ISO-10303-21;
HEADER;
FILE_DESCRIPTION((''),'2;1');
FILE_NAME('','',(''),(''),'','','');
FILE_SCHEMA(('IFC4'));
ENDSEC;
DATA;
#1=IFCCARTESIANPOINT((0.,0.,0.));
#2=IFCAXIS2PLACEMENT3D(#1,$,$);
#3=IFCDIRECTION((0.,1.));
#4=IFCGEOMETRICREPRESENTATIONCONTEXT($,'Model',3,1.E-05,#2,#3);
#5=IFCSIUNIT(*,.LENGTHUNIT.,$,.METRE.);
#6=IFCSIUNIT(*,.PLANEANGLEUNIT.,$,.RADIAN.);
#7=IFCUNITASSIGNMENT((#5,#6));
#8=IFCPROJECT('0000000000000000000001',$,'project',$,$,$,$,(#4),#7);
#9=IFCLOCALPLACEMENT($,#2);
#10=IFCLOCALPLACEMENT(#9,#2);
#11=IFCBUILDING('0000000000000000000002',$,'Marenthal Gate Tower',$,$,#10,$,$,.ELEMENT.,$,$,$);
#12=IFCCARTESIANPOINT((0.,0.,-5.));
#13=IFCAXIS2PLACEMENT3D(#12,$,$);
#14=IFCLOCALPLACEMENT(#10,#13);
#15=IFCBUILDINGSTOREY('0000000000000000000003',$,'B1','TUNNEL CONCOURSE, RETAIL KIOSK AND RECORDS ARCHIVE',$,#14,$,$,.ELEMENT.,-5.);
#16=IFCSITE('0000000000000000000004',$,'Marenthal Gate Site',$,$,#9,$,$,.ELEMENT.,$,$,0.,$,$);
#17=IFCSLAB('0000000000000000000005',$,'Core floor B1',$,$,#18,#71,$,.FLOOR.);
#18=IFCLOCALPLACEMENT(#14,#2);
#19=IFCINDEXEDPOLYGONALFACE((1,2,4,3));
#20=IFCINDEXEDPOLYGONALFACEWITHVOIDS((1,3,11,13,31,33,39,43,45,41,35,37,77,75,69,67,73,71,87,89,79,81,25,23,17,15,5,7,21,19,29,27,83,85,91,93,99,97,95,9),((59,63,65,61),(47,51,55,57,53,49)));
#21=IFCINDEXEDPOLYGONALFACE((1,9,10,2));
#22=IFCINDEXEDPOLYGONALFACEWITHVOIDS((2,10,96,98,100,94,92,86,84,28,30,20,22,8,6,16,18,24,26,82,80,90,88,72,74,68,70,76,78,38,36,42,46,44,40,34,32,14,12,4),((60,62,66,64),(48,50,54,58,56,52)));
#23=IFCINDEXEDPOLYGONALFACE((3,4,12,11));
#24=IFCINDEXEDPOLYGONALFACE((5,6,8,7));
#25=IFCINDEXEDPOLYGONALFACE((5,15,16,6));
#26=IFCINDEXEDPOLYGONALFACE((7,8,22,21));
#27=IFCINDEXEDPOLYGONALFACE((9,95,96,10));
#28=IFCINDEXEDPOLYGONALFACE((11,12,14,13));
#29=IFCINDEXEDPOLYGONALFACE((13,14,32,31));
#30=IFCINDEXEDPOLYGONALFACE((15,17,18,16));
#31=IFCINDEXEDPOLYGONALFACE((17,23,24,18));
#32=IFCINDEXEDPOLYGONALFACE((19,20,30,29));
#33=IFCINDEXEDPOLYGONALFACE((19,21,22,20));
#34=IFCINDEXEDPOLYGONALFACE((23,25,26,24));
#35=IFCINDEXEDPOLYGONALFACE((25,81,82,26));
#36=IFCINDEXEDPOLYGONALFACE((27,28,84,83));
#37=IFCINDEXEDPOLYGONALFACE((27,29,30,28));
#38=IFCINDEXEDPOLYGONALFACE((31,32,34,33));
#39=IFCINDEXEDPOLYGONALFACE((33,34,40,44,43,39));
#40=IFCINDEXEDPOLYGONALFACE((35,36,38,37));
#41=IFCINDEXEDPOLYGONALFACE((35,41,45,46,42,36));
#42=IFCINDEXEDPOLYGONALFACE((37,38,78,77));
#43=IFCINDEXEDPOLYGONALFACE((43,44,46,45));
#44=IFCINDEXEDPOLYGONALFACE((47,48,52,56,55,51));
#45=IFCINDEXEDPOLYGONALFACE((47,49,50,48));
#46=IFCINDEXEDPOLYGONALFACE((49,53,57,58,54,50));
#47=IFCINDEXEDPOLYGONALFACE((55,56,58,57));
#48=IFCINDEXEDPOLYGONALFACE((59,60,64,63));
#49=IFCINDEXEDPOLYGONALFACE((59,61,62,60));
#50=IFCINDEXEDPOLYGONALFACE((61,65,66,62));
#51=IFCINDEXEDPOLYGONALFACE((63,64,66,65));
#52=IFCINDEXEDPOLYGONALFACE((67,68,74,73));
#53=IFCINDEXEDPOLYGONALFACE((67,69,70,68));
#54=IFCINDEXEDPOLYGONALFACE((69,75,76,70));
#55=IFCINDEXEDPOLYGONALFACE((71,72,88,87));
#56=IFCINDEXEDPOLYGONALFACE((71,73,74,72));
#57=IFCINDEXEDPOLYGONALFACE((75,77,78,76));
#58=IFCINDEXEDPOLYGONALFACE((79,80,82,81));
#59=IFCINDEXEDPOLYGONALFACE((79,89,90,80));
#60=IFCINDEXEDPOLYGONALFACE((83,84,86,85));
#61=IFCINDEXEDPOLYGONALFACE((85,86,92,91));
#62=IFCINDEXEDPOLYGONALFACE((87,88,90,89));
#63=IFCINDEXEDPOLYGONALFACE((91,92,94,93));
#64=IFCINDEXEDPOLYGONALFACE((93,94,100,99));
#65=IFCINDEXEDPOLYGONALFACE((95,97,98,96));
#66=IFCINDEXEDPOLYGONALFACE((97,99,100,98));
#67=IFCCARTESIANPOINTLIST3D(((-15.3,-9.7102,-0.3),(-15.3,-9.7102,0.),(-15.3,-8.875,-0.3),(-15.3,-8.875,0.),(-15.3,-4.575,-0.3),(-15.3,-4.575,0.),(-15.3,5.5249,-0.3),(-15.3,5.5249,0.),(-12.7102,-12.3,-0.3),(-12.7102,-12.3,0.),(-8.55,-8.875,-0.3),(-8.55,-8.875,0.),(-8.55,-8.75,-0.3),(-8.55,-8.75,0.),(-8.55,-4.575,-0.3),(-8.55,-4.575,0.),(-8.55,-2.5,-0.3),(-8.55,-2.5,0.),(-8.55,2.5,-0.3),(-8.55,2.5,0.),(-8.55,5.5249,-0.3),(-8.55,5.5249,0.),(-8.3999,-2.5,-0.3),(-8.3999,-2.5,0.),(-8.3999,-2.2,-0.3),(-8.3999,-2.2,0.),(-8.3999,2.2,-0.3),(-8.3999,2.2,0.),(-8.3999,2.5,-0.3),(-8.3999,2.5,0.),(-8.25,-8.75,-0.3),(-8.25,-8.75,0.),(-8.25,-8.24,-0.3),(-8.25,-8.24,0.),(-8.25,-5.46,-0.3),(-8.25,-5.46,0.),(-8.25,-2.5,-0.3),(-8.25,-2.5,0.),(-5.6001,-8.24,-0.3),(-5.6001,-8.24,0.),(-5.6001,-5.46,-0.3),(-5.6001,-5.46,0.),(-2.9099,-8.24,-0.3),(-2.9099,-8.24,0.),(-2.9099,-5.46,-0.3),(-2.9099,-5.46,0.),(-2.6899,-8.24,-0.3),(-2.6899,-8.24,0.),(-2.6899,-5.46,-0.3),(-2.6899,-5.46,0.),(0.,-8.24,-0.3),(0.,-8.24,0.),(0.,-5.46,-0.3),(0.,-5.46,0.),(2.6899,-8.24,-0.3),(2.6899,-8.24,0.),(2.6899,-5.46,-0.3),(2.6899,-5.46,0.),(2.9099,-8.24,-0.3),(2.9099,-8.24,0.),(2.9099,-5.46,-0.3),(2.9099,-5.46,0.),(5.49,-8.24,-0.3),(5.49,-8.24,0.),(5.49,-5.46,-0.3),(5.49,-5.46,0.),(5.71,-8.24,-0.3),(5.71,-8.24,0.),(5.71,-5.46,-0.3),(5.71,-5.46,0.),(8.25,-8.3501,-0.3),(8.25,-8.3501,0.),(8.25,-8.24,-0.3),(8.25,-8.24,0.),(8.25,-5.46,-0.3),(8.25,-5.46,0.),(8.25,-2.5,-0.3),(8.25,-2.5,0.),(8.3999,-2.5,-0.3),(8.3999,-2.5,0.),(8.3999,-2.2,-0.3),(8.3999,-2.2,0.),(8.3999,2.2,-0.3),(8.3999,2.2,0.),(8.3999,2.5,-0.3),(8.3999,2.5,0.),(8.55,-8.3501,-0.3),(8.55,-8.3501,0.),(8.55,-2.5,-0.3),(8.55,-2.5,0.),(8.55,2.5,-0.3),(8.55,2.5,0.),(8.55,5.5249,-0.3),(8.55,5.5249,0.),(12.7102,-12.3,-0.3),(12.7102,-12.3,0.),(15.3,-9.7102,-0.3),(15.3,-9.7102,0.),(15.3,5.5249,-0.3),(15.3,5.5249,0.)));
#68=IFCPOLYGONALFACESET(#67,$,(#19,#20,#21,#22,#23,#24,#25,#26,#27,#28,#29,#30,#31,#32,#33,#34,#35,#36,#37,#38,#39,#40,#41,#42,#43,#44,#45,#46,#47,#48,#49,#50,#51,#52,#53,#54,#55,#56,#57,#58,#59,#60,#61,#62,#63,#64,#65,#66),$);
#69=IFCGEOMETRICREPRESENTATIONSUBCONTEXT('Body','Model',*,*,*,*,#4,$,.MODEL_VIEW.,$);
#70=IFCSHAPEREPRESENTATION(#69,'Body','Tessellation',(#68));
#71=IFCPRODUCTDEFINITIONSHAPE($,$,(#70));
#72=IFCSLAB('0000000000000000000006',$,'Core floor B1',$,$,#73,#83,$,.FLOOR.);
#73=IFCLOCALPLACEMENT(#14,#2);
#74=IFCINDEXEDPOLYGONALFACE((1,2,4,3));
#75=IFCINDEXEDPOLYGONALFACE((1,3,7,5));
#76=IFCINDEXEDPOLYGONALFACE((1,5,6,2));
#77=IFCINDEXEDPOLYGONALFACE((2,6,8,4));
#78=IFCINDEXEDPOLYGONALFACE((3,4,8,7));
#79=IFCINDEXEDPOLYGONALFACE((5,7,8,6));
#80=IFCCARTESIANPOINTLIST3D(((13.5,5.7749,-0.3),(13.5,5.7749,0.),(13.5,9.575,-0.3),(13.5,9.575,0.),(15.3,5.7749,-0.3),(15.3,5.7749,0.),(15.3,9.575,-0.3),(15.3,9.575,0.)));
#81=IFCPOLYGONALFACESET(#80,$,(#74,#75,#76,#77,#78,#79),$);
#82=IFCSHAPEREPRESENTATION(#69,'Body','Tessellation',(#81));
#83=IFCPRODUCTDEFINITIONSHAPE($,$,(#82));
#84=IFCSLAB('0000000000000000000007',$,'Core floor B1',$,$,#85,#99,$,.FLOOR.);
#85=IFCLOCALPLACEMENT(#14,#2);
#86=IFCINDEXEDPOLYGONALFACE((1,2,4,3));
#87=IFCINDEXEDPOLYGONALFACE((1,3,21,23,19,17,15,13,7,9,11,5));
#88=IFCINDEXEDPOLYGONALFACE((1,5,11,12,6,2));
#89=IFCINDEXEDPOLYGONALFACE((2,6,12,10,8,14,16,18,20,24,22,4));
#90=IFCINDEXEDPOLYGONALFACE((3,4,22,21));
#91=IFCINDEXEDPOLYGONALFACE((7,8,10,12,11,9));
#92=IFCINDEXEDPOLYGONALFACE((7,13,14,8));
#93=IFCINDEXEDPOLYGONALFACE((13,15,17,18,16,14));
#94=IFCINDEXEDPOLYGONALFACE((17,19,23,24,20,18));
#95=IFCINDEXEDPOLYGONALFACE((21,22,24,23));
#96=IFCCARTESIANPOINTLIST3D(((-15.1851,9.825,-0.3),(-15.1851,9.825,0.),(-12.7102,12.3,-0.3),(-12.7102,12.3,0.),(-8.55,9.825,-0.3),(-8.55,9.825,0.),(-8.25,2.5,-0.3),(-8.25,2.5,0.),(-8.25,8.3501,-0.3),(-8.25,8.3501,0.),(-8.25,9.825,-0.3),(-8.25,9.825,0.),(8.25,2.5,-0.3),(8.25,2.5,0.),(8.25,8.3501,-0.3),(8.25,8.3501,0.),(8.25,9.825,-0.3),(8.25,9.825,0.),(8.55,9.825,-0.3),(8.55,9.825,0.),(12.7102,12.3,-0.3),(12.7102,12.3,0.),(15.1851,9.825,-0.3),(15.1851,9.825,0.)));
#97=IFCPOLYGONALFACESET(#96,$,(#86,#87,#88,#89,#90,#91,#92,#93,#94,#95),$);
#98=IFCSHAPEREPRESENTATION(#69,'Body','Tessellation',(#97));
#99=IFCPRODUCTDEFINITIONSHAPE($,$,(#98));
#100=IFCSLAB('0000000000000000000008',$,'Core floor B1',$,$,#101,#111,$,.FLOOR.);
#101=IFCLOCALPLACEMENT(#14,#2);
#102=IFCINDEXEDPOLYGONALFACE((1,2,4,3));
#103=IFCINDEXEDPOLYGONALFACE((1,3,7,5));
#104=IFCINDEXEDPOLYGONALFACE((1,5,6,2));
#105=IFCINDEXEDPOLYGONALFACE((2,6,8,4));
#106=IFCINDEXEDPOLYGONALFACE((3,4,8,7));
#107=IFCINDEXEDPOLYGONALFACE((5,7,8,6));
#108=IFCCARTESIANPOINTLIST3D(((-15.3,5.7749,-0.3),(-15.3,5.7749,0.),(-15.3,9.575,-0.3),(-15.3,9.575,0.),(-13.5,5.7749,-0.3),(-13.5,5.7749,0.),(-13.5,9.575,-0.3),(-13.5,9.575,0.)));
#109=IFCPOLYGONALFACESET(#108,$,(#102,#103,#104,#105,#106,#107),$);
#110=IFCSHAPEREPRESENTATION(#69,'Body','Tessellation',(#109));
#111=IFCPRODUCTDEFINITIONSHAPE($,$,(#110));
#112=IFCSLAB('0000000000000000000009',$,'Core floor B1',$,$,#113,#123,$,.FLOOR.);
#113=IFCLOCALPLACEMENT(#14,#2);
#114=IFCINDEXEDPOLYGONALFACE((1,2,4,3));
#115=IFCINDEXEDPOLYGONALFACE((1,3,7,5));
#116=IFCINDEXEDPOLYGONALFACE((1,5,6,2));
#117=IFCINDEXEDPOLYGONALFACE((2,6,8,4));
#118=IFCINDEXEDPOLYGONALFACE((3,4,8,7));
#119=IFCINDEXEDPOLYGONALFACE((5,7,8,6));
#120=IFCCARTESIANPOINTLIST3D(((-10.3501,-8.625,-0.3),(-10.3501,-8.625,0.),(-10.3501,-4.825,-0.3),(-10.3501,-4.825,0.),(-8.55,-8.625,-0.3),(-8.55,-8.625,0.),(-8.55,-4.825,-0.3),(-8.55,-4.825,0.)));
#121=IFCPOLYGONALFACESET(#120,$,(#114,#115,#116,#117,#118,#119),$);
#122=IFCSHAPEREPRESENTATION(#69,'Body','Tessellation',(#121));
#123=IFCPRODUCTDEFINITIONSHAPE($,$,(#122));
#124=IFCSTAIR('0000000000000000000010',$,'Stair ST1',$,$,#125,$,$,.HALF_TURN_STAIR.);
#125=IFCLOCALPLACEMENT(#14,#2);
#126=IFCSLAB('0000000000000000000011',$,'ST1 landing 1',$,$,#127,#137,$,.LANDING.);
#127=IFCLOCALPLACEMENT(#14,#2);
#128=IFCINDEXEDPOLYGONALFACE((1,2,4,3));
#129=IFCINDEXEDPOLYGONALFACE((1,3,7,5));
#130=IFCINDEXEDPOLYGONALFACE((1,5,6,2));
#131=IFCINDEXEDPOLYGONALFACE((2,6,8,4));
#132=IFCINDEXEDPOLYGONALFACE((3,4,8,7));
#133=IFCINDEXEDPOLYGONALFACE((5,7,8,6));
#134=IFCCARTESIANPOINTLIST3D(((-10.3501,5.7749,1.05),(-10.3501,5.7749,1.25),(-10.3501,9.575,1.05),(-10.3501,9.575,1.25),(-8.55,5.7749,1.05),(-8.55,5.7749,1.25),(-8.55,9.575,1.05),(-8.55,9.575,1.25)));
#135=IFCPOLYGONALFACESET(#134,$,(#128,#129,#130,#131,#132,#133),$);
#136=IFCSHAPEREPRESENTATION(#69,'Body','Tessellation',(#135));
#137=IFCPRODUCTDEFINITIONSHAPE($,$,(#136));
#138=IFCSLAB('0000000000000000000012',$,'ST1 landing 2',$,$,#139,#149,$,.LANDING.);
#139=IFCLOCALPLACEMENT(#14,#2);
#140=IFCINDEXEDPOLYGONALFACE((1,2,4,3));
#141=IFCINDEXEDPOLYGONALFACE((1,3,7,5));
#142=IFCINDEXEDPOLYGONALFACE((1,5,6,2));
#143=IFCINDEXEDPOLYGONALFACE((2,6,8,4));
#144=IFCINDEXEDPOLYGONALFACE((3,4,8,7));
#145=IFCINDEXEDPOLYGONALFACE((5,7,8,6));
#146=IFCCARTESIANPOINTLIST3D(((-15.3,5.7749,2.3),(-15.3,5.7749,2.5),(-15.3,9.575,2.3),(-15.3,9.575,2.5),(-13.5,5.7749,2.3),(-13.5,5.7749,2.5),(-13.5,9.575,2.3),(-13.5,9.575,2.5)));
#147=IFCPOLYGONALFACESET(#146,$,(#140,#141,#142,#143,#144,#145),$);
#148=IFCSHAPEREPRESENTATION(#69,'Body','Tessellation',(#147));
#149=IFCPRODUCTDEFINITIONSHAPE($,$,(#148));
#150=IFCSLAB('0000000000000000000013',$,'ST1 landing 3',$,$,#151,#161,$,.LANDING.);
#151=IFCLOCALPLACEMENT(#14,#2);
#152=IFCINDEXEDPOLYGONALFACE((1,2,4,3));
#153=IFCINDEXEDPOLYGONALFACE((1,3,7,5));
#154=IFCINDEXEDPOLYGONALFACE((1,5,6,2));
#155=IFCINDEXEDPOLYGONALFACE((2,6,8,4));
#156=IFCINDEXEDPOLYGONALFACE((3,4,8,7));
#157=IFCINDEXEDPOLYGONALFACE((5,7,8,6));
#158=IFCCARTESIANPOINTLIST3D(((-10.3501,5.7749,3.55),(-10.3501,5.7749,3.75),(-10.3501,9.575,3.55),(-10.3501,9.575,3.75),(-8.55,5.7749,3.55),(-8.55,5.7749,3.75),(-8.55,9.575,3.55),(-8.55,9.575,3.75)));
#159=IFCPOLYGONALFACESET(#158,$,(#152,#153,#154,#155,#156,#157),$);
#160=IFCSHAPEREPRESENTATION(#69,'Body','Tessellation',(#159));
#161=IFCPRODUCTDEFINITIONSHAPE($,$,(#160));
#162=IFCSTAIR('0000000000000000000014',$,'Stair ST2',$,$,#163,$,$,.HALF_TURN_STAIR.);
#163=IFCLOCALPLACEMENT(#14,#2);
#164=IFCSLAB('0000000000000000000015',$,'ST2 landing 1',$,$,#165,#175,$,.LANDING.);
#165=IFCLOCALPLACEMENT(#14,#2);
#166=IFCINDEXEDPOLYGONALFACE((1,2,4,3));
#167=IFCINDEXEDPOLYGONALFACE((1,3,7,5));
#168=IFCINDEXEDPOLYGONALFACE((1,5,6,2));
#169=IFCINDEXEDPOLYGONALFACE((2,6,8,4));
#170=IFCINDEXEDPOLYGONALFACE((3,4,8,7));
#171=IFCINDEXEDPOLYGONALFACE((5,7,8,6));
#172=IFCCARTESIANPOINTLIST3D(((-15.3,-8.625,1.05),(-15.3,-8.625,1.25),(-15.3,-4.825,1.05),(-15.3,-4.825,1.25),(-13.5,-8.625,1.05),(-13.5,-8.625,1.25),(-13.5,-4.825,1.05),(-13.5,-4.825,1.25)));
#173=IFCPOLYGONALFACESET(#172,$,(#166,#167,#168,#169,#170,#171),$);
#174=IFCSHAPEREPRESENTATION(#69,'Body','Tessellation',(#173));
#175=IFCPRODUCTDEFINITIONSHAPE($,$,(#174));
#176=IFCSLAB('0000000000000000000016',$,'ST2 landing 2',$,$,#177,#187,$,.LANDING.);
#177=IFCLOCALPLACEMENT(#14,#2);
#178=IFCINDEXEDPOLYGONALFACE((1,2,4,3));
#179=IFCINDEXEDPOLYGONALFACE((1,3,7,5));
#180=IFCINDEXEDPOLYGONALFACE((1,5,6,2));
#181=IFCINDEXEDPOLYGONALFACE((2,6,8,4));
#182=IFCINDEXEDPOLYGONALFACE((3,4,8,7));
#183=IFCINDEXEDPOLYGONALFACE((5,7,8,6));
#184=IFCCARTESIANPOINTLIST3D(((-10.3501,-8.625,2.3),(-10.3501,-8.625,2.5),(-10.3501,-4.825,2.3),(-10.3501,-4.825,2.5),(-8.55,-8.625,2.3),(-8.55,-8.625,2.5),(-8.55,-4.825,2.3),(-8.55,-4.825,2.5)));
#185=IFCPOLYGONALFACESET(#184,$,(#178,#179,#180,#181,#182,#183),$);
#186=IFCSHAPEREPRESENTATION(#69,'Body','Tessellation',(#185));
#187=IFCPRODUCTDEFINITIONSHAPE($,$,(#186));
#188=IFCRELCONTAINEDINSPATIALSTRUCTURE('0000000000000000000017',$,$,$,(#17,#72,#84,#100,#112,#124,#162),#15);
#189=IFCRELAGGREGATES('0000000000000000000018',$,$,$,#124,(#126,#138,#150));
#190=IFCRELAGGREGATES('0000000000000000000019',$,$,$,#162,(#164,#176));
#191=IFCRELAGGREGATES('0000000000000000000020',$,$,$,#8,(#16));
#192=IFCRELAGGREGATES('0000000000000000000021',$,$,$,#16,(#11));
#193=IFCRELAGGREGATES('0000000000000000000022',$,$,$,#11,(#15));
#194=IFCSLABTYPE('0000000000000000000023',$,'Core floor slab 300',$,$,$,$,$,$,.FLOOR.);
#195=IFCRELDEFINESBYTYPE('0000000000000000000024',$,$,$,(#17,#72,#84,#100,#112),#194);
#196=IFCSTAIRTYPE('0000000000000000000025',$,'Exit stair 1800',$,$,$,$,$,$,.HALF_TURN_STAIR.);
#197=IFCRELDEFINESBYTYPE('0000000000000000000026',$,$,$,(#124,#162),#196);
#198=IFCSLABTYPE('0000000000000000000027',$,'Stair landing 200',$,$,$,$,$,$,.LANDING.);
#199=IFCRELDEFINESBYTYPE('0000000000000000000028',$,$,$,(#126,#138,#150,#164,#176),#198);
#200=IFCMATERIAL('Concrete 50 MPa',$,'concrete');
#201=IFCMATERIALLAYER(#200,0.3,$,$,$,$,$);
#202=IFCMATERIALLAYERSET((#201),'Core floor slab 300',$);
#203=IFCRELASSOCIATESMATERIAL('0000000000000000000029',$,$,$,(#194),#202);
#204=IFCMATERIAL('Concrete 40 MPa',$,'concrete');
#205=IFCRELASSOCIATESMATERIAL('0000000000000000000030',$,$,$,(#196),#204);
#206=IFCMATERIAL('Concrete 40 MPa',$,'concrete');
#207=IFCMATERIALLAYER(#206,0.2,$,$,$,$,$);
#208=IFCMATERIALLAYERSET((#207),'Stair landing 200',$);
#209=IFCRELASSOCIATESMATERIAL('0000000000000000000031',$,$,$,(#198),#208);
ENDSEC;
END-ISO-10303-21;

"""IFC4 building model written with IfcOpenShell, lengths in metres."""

from ifc_helpers import new_model, si_unit, direction, frame, origin, place, context, subcontext, project, spatial, polyline, outline, extrude, material, layer, layer_set, type_object, element, aggregate, save


model = new_model("IFC4")

# Units and contexts
model_context = context("Model", 3, precision=1e-05, world=origin(), true_north=direction((0.0, 1.0)))
body_context = subcontext(model_context, "Body", "Model", "MODEL_VIEW")
ifc_project = project(units=[si_unit("LENGTHUNIT", "METRE"), si_unit("PLANEANGLEUNIT", "RADIAN")], contexts=[model_context])

# Site, building, storey
site_placement = place(None, origin())
site = spatial("IfcSite", under=ifc_project, at=site_placement, Name="Marenthal Gate Site", CompositionType="ELEMENT", RefElevation=0.0)
building_placement = place(site_placement, origin())
building = spatial("IfcBuilding", under=site, at=building_placement, Name="Marenthal Gate Tower", CompositionType="ELEMENT")
storey_placement = place(building_placement, frame((0.0, 0.0, -5.0)))
storey = spatial("IfcBuildingStorey", under=building, at=storey_placement, Name="B1", Description="TUNNEL CONCOURSE, RETAIL KIOSK AND RECORDS ARCHIVE", CompositionType="ELEMENT", Elevation=-5.0)

# Slabs
ifc_material_1 = material(Name="Concrete 50 MPa", Category="concrete")
ifc_layer_1 = layer(ifc_material_1, 0.3)
ifc_layer_set_1 = layer_set([ifc_layer_1], Name="Core floor slab 300")
slab_type_1 = type_object("IfcSlabType", Name="Core floor slab 300", PredefinedType="FLOOR", material=ifc_layer_set_1)
slab_1_placement = place(storey_placement, frame((0.0, 0.0, -0.3)))
element("IfcSlab", 1, at=slab_1_placement, inside=storey, type_object=slab_type_1, Name="Core floor B1", PredefinedType="FLOOR", context=body_context, shape_type="SweptSolid", body=[
    extrude(outline(polyline([(15.3, -9.7102), (12.7102, -12.3), (-12.7102, -12.3), (-15.3, -9.7102), (-15.3, -8.875), (-8.55, -8.875), (-8.55, -8.75), (-8.25, -8.75), (-8.25, -8.24), (-5.6001, -8.24), (-2.9099, -8.24), (-2.9099, -5.46), (-5.6001, -5.46), (-8.25, -5.46), (-8.25, -2.5), (8.25, -2.5), (8.25, -5.46), (5.71, -5.46), (5.71, -8.24), (8.25, -8.24), (8.25, -8.3501), (8.55, -8.3501), (8.55, -2.5), (8.3999, -2.5), (8.3999, -2.2), (-8.3999, -2.2), (-8.3999, -2.5), (-8.55, -2.5), (-8.55, -4.575), (-15.3, -4.575), (-15.3, 5.5249), (-8.55, 5.5249), (-8.55, 2.5), (-8.3999, 2.5), (-8.3999, 2.2), (8.3999, 2.2), (8.3999, 2.5), (8.55, 2.5), (8.55, 5.5249), (15.3, 5.5249), (15.3, -9.7102)]), holes=[polyline([(0.0, -8.24), (2.6899, -8.24), (2.6899, -5.46), (0.0, -5.46), (-2.6899, -5.46), (-2.6899, -8.24), (0.0, -8.24)]), polyline([(2.9099, -5.46), (2.9099, -8.24), (5.49, -8.24), (5.49, -5.46), (2.9099, -5.46)])]), origin(), (0.0, 0.0, 1.0), 0.3),
])
slab_2_placement = place(storey_placement, frame((0.0, 0.0, -0.3)))
element("IfcSlab", 2, at=slab_2_placement, inside=storey, type_object=slab_type_1, Name="Core floor B1", PredefinedType="FLOOR", context=body_context, shape_type="SweptSolid", body=[
    extrude(outline(polyline([(15.3, 5.7749), (13.5, 5.7749), (13.5, 9.575), (15.3, 9.575), (15.3, 5.7749)])), origin(), (0.0, 0.0, 1.0), 0.3),
])
slab_3_placement = place(storey_placement, frame((0.0, 0.0, -0.3)))
element("IfcSlab", 3, at=slab_3_placement, inside=storey, type_object=slab_type_1, Name="Core floor B1", PredefinedType="FLOOR", context=body_context, shape_type="SweptSolid", body=[
    extrude(outline(polyline([(12.7102, 12.3), (15.1851, 9.825), (8.55, 9.825), (8.25, 9.825), (8.25, 8.3501), (8.25, 2.5), (-8.25, 2.5), (-8.25, 8.3501), (-8.25, 9.825), (-8.55, 9.825), (-15.1851, 9.825), (-12.7102, 12.3), (12.7102, 12.3)])), origin(), (0.0, 0.0, 1.0), 0.3),
])
slab_4_placement = place(storey_placement, frame((0.0, 0.0, -0.3)))
element("IfcSlab", 4, at=slab_4_placement, inside=storey, type_object=slab_type_1, Name="Core floor B1", PredefinedType="FLOOR", context=body_context, shape_type="SweptSolid", body=[
    extrude(outline(polyline([(-15.3, 9.575), (-13.5, 9.575), (-13.5, 5.7749), (-15.3, 5.7749), (-15.3, 9.575)])), origin(), (0.0, 0.0, 1.0), 0.3),
])
slab_5_placement = place(storey_placement, frame((0.0, 0.0, -0.3)))
element("IfcSlab", 5, at=slab_5_placement, inside=storey, type_object=slab_type_1, Name="Core floor B1", PredefinedType="FLOOR", context=body_context, shape_type="SweptSolid", body=[
    extrude(outline(polyline([(-10.3501, -8.625), (-10.3501, -4.825), (-8.55, -4.825), (-8.55, -8.625), (-10.3501, -8.625)])), origin(), (0.0, 0.0, 1.0), 0.3),
])

# Stairs, slabs
ifc_material_2 = material(Name="Concrete 40 MPa", Category="concrete")
stair_type = type_object("IfcStairType", Name="Exit stair 1800", PredefinedType="HALF_TURN_STAIR", material=ifc_material_2)
stair_1_placement = place(storey_placement, origin())
stair_1 = element("IfcStair", 6, at=stair_1_placement, inside=storey, type_object=stair_type, Name="Stair ST1", PredefinedType="HALF_TURN_STAIR")
ifc_material_3 = material(Name="Concrete 40 MPa", Category="concrete")
ifc_layer_2 = layer(ifc_material_3, 0.2)
ifc_layer_set_2 = layer_set([ifc_layer_2], Name="Stair landing 200")
slab_type_2 = type_object("IfcSlabType", Name="Stair landing 200", PredefinedType="LANDING", material=ifc_layer_set_2)
slab_6_placement = place(storey_placement, frame((0.0, 0.0, 1.05)))
slab_6 = element("IfcSlab", 7, at=slab_6_placement, type_object=slab_type_2, Name="ST1 landing 1", PredefinedType="LANDING", context=body_context, shape_type="SweptSolid", body=[
    extrude(outline(polyline([(-10.3501, 5.7749), (-8.55, 5.7749), (-8.55, 9.575), (-10.3501, 9.575), (-10.3501, 5.7749)])), origin(), (0.0, 0.0, 1.0), 0.2),
])
slab_7_placement = place(storey_placement, frame((0.0, 0.0, 2.3)))
slab_7 = element("IfcSlab", 8, at=slab_7_placement, type_object=slab_type_2, Name="ST1 landing 2", PredefinedType="LANDING", context=body_context, shape_type="SweptSolid", body=[
    extrude(outline(polyline([(-15.3, 5.7749), (-13.5, 5.7749), (-13.5, 9.575), (-15.3, 9.575), (-15.3, 5.7749)])), origin(), (0.0, 0.0, 1.0), 0.2),
])
slab_8_placement = place(storey_placement, frame((0.0, 0.0, 3.55)))
slab_8 = element("IfcSlab", 9, at=slab_8_placement, type_object=slab_type_2, Name="ST1 landing 3", PredefinedType="LANDING", context=body_context, shape_type="SweptSolid", body=[
    extrude(outline(polyline([(-10.3501, 5.7749), (-8.55, 5.7749), (-8.55, 9.575), (-10.3501, 9.575), (-10.3501, 5.7749)])), origin(), (0.0, 0.0, 1.0), 0.2),
])
aggregate(stair_1, [slab_6, slab_7, slab_8])
stair_2_placement = place(storey_placement, origin())
stair_2 = element("IfcStair", 10, at=stair_2_placement, inside=storey, type_object=stair_type, Name="Stair ST2", PredefinedType="HALF_TURN_STAIR")
slab_9_placement = place(storey_placement, frame((0.0, 0.0, 1.05)))
slab_9 = element("IfcSlab", 11, at=slab_9_placement, type_object=slab_type_2, Name="ST2 landing 1", PredefinedType="LANDING", context=body_context, shape_type="SweptSolid", body=[
    extrude(outline(polyline([(-15.3, -8.625), (-13.5, -8.625), (-13.5, -4.825), (-15.3, -4.825), (-15.3, -8.625)])), origin(), (0.0, 0.0, 1.0), 0.2),
])
slab_10_placement = place(storey_placement, frame((0.0, 0.0, 2.3)))
slab_10 = element("IfcSlab", 12, at=slab_10_placement, type_object=slab_type_2, Name="ST2 landing 2", PredefinedType="LANDING", context=body_context, shape_type="SweptSolid", body=[
    extrude(outline(polyline([(-10.3501, -8.625), (-8.55, -8.625), (-8.55, -4.825), (-10.3501, -4.825), (-10.3501, -8.625)])), origin(), (0.0, 0.0, 1.0), 0.2),
])
aggregate(stair_2, [slab_9, slab_10])

save(model, "model.ifc")
